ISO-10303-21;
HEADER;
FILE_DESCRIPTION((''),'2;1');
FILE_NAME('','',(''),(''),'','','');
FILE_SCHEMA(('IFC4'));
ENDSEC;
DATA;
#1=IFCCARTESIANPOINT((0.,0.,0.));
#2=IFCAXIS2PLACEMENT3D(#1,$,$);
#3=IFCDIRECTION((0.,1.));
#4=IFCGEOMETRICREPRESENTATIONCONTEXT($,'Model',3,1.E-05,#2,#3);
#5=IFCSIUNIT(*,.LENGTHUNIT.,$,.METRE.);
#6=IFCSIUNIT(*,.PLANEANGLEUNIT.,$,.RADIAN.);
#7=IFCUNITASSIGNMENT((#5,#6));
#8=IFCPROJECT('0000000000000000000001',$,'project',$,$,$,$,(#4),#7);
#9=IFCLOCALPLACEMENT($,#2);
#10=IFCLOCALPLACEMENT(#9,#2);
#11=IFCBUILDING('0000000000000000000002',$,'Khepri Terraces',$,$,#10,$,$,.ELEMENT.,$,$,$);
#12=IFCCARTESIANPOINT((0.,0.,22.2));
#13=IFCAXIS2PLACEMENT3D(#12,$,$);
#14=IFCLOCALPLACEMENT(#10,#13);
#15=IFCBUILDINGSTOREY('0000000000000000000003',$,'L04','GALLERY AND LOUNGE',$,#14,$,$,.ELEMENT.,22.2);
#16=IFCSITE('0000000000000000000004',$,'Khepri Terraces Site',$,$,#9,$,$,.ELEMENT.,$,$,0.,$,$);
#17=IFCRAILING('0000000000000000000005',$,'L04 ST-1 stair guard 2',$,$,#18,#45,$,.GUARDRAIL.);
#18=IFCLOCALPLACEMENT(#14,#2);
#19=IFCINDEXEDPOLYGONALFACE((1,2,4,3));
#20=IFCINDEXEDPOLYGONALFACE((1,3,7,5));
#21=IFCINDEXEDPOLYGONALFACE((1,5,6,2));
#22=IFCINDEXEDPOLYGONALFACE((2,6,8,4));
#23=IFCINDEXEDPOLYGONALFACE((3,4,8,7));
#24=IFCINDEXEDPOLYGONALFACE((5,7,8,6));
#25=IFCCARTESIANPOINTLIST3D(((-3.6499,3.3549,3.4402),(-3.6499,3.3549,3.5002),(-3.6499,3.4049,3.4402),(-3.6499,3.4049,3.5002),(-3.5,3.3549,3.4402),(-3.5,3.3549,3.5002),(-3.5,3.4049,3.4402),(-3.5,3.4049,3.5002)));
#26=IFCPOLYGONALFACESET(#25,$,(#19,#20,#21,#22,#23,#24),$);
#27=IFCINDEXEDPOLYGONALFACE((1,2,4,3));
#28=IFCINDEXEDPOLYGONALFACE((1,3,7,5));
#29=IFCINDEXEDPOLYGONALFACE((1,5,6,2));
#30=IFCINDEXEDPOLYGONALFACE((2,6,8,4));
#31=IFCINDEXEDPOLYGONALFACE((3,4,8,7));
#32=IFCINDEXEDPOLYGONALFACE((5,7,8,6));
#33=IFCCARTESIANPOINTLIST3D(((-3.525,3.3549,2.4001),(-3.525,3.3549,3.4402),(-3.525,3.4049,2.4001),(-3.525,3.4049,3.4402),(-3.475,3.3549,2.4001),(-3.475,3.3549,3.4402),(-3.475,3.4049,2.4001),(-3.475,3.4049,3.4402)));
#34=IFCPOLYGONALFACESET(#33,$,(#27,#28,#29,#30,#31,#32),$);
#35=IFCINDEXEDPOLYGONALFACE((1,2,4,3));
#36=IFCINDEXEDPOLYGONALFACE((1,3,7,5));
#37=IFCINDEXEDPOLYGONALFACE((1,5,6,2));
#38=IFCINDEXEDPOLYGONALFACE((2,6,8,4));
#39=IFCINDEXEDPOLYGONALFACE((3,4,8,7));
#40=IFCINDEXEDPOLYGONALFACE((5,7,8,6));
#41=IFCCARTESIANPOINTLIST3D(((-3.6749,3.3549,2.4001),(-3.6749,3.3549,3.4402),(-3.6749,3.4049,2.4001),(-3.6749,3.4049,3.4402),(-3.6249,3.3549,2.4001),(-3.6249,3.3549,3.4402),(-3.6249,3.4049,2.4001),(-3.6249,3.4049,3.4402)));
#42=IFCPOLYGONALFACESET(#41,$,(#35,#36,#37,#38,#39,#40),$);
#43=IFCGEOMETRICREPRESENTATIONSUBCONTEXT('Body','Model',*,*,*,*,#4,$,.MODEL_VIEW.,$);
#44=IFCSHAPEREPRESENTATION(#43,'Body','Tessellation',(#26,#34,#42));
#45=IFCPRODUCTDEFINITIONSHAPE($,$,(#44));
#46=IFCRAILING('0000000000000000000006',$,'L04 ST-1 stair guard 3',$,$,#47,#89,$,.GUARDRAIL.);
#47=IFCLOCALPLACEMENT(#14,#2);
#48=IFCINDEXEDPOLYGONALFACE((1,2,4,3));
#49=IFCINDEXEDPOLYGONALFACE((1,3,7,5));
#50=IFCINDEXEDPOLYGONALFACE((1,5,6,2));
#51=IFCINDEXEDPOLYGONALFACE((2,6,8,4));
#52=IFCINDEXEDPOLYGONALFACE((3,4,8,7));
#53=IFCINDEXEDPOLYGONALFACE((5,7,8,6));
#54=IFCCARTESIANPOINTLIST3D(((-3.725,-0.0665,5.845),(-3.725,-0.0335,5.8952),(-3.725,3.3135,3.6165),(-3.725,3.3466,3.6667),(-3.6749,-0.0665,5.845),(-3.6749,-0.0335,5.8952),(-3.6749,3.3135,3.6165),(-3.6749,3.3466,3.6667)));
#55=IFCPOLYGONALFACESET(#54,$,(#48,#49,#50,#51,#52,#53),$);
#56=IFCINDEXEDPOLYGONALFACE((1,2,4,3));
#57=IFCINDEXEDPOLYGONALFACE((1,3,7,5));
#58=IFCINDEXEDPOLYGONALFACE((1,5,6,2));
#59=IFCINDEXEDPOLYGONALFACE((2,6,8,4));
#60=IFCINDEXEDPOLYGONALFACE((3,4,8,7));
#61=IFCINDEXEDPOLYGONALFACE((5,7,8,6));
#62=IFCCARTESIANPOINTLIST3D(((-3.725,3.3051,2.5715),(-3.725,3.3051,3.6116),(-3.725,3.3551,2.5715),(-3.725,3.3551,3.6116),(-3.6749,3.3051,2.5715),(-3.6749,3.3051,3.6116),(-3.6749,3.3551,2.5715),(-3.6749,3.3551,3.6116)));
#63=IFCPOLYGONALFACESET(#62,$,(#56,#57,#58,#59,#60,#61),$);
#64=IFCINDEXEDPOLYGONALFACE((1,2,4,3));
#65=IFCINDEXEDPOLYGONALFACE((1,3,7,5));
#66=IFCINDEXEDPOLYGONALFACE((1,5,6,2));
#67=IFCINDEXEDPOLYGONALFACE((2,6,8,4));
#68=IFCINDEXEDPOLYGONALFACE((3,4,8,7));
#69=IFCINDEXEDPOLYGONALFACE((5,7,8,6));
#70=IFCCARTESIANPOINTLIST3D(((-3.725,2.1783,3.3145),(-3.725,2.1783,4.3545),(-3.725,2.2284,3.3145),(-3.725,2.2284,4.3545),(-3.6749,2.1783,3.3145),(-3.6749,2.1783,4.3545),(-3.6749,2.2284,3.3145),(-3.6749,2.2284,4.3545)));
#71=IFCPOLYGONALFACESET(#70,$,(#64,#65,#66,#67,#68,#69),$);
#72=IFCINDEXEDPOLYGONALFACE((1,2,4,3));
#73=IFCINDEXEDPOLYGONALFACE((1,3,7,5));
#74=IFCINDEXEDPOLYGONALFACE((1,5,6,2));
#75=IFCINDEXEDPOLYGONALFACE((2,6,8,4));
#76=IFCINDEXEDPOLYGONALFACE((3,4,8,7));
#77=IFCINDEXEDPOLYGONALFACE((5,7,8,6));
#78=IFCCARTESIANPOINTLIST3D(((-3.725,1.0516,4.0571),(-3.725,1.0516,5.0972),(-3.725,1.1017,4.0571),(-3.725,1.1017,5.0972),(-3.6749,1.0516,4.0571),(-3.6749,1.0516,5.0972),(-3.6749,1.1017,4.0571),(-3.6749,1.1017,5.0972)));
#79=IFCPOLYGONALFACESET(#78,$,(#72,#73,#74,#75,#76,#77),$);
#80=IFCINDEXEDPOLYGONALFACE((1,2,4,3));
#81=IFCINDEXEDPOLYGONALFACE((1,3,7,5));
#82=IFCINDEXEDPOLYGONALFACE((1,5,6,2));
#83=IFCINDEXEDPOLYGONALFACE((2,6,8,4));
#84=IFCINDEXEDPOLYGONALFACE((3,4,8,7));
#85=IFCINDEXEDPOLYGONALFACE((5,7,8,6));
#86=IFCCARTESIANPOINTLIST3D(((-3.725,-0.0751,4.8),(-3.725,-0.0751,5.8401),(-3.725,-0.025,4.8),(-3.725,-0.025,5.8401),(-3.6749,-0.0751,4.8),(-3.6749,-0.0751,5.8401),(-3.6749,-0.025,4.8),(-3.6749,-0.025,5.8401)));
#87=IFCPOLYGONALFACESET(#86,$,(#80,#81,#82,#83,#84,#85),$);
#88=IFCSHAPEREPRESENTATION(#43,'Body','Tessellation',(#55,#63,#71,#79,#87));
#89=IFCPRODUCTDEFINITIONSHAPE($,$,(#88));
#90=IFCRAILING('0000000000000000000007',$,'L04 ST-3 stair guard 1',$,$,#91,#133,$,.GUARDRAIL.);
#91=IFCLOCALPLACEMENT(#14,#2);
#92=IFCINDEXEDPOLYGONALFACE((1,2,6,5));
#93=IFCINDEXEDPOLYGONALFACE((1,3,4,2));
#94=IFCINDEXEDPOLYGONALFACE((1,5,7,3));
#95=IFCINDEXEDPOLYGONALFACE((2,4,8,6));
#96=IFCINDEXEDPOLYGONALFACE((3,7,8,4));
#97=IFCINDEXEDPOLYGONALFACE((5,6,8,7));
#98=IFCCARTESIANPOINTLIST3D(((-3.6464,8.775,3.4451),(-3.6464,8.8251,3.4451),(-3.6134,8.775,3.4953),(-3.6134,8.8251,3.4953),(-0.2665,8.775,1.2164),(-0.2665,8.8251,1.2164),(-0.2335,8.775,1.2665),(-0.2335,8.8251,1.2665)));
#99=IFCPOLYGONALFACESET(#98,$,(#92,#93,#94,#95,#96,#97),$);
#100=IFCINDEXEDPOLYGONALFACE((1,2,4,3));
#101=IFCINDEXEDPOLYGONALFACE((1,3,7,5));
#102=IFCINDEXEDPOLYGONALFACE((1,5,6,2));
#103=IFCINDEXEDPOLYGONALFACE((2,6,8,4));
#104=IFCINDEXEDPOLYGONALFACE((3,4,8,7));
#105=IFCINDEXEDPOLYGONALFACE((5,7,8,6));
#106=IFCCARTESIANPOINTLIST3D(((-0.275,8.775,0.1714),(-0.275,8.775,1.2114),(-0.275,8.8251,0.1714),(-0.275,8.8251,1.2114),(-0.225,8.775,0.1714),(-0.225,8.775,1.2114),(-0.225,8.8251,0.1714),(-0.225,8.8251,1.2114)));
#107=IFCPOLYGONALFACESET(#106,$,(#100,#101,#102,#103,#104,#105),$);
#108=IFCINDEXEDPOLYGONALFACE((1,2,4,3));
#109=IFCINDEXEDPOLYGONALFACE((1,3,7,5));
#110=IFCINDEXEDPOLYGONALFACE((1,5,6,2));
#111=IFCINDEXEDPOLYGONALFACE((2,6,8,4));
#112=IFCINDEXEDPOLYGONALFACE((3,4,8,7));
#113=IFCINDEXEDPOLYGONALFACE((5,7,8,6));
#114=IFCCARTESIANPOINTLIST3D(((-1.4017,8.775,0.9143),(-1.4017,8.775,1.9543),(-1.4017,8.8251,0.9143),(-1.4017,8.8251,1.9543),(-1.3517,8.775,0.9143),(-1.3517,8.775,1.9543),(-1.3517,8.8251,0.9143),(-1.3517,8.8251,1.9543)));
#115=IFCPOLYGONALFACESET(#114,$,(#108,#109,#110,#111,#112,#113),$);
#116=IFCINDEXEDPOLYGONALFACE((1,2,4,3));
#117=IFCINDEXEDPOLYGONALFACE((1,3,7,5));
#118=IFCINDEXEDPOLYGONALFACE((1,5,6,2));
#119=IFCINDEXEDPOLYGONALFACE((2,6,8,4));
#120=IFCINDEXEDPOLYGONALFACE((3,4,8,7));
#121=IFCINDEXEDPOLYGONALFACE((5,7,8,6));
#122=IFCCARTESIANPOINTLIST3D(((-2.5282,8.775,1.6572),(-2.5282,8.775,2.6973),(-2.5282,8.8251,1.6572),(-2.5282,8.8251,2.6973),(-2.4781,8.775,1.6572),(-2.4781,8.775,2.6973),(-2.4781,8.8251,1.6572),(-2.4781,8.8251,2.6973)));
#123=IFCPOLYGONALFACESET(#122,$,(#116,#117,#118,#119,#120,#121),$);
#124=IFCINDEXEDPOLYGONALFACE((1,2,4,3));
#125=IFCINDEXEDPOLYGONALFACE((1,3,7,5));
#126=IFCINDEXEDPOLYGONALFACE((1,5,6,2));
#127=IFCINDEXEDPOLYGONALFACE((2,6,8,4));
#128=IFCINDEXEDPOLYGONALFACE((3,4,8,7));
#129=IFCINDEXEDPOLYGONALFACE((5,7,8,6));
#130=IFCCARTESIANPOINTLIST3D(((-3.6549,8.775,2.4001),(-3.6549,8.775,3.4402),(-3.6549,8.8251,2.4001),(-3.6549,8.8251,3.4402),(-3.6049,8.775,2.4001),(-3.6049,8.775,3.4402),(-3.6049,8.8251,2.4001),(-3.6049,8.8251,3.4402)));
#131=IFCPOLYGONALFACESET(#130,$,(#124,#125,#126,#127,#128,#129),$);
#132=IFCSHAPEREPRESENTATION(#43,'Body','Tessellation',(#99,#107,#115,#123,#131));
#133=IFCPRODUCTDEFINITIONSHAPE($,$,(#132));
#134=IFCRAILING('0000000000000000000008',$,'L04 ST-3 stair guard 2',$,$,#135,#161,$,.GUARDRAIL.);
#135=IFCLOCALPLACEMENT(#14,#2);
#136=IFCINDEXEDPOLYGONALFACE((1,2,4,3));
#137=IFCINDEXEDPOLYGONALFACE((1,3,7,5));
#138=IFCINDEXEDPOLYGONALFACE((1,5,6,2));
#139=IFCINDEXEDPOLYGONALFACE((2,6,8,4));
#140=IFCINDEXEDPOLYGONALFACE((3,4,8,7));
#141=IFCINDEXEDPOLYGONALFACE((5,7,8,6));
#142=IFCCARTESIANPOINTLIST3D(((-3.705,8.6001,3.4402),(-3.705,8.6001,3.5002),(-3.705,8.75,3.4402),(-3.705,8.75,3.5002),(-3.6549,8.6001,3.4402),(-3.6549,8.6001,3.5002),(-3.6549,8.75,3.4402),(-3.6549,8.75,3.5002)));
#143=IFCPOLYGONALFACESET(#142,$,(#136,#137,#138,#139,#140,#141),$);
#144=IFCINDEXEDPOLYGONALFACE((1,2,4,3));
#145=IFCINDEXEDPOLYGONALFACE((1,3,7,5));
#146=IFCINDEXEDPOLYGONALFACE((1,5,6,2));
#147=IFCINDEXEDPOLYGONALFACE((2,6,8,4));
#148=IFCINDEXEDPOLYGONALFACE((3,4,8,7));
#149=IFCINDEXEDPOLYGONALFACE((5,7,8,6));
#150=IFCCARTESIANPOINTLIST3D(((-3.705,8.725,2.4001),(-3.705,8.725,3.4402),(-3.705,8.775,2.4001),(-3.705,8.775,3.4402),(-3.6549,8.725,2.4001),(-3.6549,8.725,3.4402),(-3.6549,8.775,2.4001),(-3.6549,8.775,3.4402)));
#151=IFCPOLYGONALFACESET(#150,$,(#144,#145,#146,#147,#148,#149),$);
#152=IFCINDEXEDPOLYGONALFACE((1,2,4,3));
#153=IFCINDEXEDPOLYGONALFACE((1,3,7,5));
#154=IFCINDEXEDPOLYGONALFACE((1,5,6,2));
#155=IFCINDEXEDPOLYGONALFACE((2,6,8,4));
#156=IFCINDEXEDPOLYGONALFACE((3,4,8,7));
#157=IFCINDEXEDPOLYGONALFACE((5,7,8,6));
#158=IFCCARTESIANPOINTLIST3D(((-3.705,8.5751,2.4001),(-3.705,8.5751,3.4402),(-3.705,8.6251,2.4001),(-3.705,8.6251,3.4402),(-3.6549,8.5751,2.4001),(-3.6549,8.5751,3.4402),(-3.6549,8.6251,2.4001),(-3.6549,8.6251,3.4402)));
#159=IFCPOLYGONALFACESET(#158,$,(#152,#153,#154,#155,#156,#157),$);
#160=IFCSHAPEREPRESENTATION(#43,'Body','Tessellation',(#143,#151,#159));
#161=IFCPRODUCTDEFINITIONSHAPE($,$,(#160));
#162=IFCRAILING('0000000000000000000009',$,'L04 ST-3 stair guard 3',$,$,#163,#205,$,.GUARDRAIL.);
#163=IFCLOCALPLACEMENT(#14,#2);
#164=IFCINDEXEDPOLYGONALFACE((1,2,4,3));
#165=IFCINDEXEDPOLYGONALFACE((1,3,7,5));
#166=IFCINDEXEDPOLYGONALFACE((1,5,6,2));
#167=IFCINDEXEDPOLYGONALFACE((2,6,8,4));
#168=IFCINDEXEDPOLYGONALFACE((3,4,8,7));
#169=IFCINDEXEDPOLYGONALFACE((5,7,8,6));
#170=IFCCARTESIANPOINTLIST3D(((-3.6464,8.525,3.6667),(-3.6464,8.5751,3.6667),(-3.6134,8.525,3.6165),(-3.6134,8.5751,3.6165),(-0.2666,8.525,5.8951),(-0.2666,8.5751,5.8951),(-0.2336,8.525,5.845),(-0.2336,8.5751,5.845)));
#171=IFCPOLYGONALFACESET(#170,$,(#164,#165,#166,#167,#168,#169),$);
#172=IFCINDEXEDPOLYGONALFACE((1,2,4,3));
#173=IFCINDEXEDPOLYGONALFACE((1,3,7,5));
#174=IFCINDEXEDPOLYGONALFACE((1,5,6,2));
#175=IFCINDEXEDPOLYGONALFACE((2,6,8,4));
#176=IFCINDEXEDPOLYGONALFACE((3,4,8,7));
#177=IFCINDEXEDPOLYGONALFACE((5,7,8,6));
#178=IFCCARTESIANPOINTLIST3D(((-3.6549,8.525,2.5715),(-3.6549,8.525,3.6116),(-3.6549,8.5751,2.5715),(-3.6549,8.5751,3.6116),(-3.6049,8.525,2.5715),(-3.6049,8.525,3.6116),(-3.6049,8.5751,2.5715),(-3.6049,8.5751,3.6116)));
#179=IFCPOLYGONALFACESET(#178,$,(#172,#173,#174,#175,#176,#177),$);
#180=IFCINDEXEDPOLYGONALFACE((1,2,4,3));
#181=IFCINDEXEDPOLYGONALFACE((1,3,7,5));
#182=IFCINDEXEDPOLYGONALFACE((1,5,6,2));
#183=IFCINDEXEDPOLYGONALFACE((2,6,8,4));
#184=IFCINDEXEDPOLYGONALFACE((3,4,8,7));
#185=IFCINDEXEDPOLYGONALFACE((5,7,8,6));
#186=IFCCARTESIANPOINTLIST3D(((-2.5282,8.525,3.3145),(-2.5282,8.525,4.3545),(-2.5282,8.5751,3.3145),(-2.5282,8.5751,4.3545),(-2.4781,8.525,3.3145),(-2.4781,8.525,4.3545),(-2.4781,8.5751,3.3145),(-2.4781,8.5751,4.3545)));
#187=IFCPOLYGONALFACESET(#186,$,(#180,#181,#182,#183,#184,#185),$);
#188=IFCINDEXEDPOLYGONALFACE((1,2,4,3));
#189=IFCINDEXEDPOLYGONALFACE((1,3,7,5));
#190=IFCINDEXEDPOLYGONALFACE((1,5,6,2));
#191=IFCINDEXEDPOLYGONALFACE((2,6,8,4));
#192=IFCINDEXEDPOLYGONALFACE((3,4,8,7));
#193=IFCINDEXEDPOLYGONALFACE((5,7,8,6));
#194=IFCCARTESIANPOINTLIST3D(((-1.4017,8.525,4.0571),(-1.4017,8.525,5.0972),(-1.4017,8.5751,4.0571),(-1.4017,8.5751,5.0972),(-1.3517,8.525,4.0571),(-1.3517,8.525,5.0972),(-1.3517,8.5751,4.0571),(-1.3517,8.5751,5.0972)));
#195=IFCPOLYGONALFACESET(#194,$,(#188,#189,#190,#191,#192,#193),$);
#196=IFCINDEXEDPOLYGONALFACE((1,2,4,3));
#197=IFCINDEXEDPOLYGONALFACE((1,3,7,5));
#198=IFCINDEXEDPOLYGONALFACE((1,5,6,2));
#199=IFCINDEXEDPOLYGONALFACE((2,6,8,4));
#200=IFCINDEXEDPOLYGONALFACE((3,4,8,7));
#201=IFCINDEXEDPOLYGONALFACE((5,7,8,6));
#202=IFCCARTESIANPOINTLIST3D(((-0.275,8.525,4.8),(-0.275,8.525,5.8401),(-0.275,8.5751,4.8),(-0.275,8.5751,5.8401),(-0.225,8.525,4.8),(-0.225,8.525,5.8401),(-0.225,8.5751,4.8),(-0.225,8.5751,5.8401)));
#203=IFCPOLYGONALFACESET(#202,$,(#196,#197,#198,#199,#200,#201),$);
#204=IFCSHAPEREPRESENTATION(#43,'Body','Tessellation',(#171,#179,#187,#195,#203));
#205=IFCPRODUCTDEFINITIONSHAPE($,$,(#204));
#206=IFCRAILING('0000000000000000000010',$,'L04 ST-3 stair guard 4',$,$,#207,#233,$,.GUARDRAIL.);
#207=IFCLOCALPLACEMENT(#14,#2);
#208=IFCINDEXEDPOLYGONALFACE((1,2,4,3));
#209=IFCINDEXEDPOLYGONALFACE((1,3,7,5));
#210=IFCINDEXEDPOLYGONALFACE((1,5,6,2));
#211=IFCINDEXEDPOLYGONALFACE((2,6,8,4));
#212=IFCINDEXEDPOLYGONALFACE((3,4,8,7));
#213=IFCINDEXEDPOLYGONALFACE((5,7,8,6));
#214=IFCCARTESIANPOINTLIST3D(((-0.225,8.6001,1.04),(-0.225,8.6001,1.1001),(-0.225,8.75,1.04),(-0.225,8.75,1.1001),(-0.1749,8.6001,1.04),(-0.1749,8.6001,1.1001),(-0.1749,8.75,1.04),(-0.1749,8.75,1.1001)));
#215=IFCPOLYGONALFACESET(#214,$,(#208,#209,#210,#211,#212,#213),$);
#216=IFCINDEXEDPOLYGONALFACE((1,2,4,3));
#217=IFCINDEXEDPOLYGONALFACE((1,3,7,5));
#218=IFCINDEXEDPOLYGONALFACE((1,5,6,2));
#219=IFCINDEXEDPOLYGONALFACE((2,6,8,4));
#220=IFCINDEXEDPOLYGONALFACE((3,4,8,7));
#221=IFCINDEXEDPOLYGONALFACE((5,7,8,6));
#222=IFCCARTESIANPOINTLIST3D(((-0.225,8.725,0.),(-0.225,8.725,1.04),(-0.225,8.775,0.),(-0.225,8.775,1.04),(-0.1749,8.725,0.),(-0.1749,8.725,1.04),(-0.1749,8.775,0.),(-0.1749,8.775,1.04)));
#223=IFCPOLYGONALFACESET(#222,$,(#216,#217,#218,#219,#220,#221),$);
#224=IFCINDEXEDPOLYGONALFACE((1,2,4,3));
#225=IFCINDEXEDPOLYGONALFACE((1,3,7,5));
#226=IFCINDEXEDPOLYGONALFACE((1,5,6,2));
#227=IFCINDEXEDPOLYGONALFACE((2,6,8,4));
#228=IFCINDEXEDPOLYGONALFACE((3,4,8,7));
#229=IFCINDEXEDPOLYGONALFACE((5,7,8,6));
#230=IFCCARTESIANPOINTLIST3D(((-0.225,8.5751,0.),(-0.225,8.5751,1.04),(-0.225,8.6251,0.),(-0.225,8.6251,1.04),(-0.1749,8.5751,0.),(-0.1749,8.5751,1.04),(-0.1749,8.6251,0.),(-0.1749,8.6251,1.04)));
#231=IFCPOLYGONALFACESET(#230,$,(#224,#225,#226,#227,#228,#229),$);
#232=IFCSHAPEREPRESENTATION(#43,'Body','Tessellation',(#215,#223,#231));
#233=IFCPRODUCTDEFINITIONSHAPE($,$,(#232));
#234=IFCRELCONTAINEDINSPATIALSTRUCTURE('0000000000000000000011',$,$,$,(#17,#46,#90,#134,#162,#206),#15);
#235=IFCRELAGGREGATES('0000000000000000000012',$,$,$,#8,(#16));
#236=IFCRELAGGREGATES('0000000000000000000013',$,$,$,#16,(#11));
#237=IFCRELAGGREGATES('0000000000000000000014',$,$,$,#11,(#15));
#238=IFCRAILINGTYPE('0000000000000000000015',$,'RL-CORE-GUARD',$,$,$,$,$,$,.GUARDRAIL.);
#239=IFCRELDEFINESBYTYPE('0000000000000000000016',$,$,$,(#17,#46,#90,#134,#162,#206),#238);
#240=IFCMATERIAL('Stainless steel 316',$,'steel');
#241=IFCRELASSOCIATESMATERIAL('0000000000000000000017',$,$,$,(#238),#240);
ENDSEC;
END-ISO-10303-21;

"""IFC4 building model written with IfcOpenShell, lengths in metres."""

from ifc_helpers import new_model, si_unit, direction, frame, origin, origin_2d, place, context, subcontext, project, spatial, rectangle, extrude, material, type_object, element, save


model = new_model("IFC4")

# Units and contexts
model_context = context("Model", 3, precision=1e-05, world=origin(), true_north=direction((0.0, 1.0)))
body_context = subcontext(model_context, "Body", "Model", "MODEL_VIEW")
ifc_project = project(units=[si_unit("LENGTHUNIT", "METRE"), si_unit("PLANEANGLEUNIT", "RADIAN")], contexts=[model_context])

# Site, building, storey
site_placement = place(None, origin())
site = spatial("IfcSite", under=ifc_project, at=site_placement, Name="Khepri Terraces Site", CompositionType="ELEMENT", RefElevation=0.0)
building_placement = place(site_placement, origin())
building = spatial("IfcBuilding", under=site, at=building_placement, Name="Khepri Terraces", CompositionType="ELEMENT")
storey_placement = place(building_placement, frame((0.0, 0.0, 22.2)))
storey = spatial("IfcBuildingStorey", under=building, at=storey_placement, Name="L04", Description="GALLERY AND LOUNGE", CompositionType="ELEMENT", Elevation=22.2)

# Railings
ifc_material_1 = material(Name="Stainless steel 316", Category="steel")
railing_type_1 = type_object("IfcRailingType", Name="RL-CORE-GUARD", PredefinedType="GUARDRAIL", material=ifc_material_1)
railing_1_placement = place(storey_placement, frame((-3.5, 3.3799, 2.4001)))
element("IfcRailing", 1, at=railing_1_placement, inside=storey, type_object=railing_type_1, Name="L04 ST-1 stair guard 2", PredefinedType="GUARDRAIL", context=body_context, shape_type="SweptSolid", body=[
    extrude(rectangle(XDim=0.05, YDim=0.0601, at=origin_2d()), frame((0.0, 0.0, 1.0701), z_axis=(-1.0, 0.0, 0.0), x_axis=(0.0, -1.0, 0.0)), (0.0, 0.0, 1.0), 0.1499),
    extrude(rectangle(XDim=0.05, YDim=0.05, at=origin_2d()), origin(), (0.0, 0.0, 1.0), 1.04),
    extrude(rectangle(XDim=0.05, YDim=0.05, at=origin_2d()), frame((-0.1499, 0.0, 0.0)), (0.0, 0.0, 1.0), 1.04),
])
railing_2_placement = place(storey_placement, frame((-3.7, 3.3301, 2.5715)))
element("IfcRailing", 2, at=railing_2_placement, inside=storey, type_object=railing_type_1, Name="L04 ST-1 stair guard 3", PredefinedType="GUARDRAIL", context=body_context, shape_type="SweptSolid", body=[
    extrude(rectangle(XDim=0.05, YDim=0.0601, at=origin_2d()), frame((0.0, 0.0, 1.0701), z_axis=(0.0, -0.834878, 0.550435), x_axis=(1.0, 0.0, 0.0)), (0.0, 0.0, 1.0), 4.0486),
    extrude(rectangle(XDim=0.05, YDim=0.05, at=origin_2d()), origin(), (0.0, 0.0, 1.0), 1.04),
    extrude(rectangle(XDim=0.05, YDim=0.05, at=origin_2d()), frame((0.0, -1.1267, 0.7429)), (0.0, 0.0, 1.0), 1.04),
    extrude(rectangle(XDim=0.05, YDim=0.05, at=origin_2d()), frame((0.0, -2.2534, 1.4856)), (0.0, 0.0, 1.0), 1.04),
    extrude(rectangle(XDim=0.05, YDim=0.05, at=origin_2d()), frame((0.0, -3.3801, 2.2285)), (0.0, 0.0, 1.0), 1.04),
])
railing_3_placement = place(storey_placement, frame((-0.25, 8.8, 0.1714)))
element("IfcRailing", 3, at=railing_3_placement, inside=storey, type_object=railing_type_1, Name="L04 ST-3 stair guard 1", PredefinedType="GUARDRAIL", context=body_context, shape_type="SweptSolid", body=[
    extrude(rectangle(XDim=0.05, YDim=0.0601, at=origin_2d()), frame((0.0, 0.0, 1.0701), z_axis=(-0.834832, 0.0, 0.550504), x_axis=(0.0, -1.0, 0.0)), (0.0, 0.0, 1.0), 4.0486),
    extrude(rectangle(XDim=0.05, YDim=0.05, at=origin_2d()), origin(), (0.0, 0.0, 1.0), 1.04),
    extrude(rectangle(XDim=0.05, YDim=0.05, at=origin_2d()), frame((-1.1267, 0.0, 0.7429)), (0.0, 0.0, 1.0), 1.04),
    extrude(rectangle(XDim=0.05, YDim=0.05, at=origin_2d()), frame((-2.2532, 0.0, 1.4858)), (0.0, 0.0, 1.0), 1.04),
    extrude(rectangle(XDim=0.05, YDim=0.05, at=origin_2d()), frame((-3.3799, 0.0, 2.2288)), (0.0, 0.0, 1.0), 1.04),
])
railing_4_placement = place(storey_placement, frame((-3.6799, 8.75, 2.4001)))
element("IfcRailing", 4, at=railing_4_placement, inside=storey, type_object=railing_type_1, Name="L04 ST-3 stair guard 2", PredefinedType="GUARDRAIL", context=body_context, shape_type="SweptSolid", body=[
    extrude(rectangle(XDim=0.05, YDim=0.0601, at=origin_2d()), frame((0.0, 0.0, 1.0701), z_axis=(0.0, -1.0, 0.0), x_axis=(1.0, 0.0, 0.0)), (0.0, 0.0, 1.0), 0.1499),
    extrude(rectangle(XDim=0.05, YDim=0.05, at=origin_2d()), origin(), (0.0, 0.0, 1.0), 1.04),
    extrude(rectangle(XDim=0.05, YDim=0.05, at=origin_2d()), frame((0.0, -0.1499, 0.0)), (0.0, 0.0, 1.0), 1.04),
])
railing_5_placement = place(storey_placement, frame((-3.6299, 8.55, 2.5715)))
element("IfcRailing", 5, at=railing_5_placement, inside=storey, type_object=railing_type_1, Name="L04 ST-3 stair guard 3", PredefinedType="GUARDRAIL", context=body_context, shape_type="SweptSolid", body=[
    extrude(rectangle(XDim=0.05, YDim=0.0601, at=origin_2d()), frame((0.0, 0.0, 1.0701), z_axis=(0.83486, 0.0, 0.550462), x_axis=(0.0, 1.0, 0.0)), (0.0, 0.0, 1.0), 4.0483),
    extrude(rectangle(XDim=0.05, YDim=0.05, at=origin_2d()), origin(), (0.0, 0.0, 1.0), 1.04),
    extrude(rectangle(XDim=0.05, YDim=0.05, at=origin_2d()), frame((1.1267, 0.0, 0.7429)), (0.0, 0.0, 1.0), 1.04),
    extrude(rectangle(XDim=0.05, YDim=0.05, at=origin_2d()), frame((2.2532, 0.0, 1.4856)), (0.0, 0.0, 1.0), 1.04),
    extrude(rectangle(XDim=0.05, YDim=0.05, at=origin_2d()), frame((3.3799, 0.0, 2.2285)), (0.0, 0.0, 1.0), 1.04),
])
railing_6_placement = place(storey_placement, frame((-0.2, 8.75, 0.0)))
element("IfcRailing", 6, at=railing_6_placement, inside=storey, type_object=railing_type_1, Name="L04 ST-3 stair guard 4", PredefinedType="GUARDRAIL", context=body_context, shape_type="SweptSolid", body=[
    extrude(rectangle(XDim=0.05, YDim=0.0601, at=origin_2d()), frame((0.0, 0.0, 1.0701), z_axis=(0.0, -1.0, 0.0), x_axis=(1.0, 0.0, 0.0)), (0.0, 0.0, 1.0), 0.1499),
    extrude(rectangle(XDim=0.05, YDim=0.05, at=origin_2d()), origin(), (0.0, 0.0, 1.0), 1.04),
    extrude(rectangle(XDim=0.05, YDim=0.05, at=origin_2d()), frame((0.0, -0.1499, 0.0)), (0.0, 0.0, 1.0), 1.04),
])

save(model, "model.ifc")
